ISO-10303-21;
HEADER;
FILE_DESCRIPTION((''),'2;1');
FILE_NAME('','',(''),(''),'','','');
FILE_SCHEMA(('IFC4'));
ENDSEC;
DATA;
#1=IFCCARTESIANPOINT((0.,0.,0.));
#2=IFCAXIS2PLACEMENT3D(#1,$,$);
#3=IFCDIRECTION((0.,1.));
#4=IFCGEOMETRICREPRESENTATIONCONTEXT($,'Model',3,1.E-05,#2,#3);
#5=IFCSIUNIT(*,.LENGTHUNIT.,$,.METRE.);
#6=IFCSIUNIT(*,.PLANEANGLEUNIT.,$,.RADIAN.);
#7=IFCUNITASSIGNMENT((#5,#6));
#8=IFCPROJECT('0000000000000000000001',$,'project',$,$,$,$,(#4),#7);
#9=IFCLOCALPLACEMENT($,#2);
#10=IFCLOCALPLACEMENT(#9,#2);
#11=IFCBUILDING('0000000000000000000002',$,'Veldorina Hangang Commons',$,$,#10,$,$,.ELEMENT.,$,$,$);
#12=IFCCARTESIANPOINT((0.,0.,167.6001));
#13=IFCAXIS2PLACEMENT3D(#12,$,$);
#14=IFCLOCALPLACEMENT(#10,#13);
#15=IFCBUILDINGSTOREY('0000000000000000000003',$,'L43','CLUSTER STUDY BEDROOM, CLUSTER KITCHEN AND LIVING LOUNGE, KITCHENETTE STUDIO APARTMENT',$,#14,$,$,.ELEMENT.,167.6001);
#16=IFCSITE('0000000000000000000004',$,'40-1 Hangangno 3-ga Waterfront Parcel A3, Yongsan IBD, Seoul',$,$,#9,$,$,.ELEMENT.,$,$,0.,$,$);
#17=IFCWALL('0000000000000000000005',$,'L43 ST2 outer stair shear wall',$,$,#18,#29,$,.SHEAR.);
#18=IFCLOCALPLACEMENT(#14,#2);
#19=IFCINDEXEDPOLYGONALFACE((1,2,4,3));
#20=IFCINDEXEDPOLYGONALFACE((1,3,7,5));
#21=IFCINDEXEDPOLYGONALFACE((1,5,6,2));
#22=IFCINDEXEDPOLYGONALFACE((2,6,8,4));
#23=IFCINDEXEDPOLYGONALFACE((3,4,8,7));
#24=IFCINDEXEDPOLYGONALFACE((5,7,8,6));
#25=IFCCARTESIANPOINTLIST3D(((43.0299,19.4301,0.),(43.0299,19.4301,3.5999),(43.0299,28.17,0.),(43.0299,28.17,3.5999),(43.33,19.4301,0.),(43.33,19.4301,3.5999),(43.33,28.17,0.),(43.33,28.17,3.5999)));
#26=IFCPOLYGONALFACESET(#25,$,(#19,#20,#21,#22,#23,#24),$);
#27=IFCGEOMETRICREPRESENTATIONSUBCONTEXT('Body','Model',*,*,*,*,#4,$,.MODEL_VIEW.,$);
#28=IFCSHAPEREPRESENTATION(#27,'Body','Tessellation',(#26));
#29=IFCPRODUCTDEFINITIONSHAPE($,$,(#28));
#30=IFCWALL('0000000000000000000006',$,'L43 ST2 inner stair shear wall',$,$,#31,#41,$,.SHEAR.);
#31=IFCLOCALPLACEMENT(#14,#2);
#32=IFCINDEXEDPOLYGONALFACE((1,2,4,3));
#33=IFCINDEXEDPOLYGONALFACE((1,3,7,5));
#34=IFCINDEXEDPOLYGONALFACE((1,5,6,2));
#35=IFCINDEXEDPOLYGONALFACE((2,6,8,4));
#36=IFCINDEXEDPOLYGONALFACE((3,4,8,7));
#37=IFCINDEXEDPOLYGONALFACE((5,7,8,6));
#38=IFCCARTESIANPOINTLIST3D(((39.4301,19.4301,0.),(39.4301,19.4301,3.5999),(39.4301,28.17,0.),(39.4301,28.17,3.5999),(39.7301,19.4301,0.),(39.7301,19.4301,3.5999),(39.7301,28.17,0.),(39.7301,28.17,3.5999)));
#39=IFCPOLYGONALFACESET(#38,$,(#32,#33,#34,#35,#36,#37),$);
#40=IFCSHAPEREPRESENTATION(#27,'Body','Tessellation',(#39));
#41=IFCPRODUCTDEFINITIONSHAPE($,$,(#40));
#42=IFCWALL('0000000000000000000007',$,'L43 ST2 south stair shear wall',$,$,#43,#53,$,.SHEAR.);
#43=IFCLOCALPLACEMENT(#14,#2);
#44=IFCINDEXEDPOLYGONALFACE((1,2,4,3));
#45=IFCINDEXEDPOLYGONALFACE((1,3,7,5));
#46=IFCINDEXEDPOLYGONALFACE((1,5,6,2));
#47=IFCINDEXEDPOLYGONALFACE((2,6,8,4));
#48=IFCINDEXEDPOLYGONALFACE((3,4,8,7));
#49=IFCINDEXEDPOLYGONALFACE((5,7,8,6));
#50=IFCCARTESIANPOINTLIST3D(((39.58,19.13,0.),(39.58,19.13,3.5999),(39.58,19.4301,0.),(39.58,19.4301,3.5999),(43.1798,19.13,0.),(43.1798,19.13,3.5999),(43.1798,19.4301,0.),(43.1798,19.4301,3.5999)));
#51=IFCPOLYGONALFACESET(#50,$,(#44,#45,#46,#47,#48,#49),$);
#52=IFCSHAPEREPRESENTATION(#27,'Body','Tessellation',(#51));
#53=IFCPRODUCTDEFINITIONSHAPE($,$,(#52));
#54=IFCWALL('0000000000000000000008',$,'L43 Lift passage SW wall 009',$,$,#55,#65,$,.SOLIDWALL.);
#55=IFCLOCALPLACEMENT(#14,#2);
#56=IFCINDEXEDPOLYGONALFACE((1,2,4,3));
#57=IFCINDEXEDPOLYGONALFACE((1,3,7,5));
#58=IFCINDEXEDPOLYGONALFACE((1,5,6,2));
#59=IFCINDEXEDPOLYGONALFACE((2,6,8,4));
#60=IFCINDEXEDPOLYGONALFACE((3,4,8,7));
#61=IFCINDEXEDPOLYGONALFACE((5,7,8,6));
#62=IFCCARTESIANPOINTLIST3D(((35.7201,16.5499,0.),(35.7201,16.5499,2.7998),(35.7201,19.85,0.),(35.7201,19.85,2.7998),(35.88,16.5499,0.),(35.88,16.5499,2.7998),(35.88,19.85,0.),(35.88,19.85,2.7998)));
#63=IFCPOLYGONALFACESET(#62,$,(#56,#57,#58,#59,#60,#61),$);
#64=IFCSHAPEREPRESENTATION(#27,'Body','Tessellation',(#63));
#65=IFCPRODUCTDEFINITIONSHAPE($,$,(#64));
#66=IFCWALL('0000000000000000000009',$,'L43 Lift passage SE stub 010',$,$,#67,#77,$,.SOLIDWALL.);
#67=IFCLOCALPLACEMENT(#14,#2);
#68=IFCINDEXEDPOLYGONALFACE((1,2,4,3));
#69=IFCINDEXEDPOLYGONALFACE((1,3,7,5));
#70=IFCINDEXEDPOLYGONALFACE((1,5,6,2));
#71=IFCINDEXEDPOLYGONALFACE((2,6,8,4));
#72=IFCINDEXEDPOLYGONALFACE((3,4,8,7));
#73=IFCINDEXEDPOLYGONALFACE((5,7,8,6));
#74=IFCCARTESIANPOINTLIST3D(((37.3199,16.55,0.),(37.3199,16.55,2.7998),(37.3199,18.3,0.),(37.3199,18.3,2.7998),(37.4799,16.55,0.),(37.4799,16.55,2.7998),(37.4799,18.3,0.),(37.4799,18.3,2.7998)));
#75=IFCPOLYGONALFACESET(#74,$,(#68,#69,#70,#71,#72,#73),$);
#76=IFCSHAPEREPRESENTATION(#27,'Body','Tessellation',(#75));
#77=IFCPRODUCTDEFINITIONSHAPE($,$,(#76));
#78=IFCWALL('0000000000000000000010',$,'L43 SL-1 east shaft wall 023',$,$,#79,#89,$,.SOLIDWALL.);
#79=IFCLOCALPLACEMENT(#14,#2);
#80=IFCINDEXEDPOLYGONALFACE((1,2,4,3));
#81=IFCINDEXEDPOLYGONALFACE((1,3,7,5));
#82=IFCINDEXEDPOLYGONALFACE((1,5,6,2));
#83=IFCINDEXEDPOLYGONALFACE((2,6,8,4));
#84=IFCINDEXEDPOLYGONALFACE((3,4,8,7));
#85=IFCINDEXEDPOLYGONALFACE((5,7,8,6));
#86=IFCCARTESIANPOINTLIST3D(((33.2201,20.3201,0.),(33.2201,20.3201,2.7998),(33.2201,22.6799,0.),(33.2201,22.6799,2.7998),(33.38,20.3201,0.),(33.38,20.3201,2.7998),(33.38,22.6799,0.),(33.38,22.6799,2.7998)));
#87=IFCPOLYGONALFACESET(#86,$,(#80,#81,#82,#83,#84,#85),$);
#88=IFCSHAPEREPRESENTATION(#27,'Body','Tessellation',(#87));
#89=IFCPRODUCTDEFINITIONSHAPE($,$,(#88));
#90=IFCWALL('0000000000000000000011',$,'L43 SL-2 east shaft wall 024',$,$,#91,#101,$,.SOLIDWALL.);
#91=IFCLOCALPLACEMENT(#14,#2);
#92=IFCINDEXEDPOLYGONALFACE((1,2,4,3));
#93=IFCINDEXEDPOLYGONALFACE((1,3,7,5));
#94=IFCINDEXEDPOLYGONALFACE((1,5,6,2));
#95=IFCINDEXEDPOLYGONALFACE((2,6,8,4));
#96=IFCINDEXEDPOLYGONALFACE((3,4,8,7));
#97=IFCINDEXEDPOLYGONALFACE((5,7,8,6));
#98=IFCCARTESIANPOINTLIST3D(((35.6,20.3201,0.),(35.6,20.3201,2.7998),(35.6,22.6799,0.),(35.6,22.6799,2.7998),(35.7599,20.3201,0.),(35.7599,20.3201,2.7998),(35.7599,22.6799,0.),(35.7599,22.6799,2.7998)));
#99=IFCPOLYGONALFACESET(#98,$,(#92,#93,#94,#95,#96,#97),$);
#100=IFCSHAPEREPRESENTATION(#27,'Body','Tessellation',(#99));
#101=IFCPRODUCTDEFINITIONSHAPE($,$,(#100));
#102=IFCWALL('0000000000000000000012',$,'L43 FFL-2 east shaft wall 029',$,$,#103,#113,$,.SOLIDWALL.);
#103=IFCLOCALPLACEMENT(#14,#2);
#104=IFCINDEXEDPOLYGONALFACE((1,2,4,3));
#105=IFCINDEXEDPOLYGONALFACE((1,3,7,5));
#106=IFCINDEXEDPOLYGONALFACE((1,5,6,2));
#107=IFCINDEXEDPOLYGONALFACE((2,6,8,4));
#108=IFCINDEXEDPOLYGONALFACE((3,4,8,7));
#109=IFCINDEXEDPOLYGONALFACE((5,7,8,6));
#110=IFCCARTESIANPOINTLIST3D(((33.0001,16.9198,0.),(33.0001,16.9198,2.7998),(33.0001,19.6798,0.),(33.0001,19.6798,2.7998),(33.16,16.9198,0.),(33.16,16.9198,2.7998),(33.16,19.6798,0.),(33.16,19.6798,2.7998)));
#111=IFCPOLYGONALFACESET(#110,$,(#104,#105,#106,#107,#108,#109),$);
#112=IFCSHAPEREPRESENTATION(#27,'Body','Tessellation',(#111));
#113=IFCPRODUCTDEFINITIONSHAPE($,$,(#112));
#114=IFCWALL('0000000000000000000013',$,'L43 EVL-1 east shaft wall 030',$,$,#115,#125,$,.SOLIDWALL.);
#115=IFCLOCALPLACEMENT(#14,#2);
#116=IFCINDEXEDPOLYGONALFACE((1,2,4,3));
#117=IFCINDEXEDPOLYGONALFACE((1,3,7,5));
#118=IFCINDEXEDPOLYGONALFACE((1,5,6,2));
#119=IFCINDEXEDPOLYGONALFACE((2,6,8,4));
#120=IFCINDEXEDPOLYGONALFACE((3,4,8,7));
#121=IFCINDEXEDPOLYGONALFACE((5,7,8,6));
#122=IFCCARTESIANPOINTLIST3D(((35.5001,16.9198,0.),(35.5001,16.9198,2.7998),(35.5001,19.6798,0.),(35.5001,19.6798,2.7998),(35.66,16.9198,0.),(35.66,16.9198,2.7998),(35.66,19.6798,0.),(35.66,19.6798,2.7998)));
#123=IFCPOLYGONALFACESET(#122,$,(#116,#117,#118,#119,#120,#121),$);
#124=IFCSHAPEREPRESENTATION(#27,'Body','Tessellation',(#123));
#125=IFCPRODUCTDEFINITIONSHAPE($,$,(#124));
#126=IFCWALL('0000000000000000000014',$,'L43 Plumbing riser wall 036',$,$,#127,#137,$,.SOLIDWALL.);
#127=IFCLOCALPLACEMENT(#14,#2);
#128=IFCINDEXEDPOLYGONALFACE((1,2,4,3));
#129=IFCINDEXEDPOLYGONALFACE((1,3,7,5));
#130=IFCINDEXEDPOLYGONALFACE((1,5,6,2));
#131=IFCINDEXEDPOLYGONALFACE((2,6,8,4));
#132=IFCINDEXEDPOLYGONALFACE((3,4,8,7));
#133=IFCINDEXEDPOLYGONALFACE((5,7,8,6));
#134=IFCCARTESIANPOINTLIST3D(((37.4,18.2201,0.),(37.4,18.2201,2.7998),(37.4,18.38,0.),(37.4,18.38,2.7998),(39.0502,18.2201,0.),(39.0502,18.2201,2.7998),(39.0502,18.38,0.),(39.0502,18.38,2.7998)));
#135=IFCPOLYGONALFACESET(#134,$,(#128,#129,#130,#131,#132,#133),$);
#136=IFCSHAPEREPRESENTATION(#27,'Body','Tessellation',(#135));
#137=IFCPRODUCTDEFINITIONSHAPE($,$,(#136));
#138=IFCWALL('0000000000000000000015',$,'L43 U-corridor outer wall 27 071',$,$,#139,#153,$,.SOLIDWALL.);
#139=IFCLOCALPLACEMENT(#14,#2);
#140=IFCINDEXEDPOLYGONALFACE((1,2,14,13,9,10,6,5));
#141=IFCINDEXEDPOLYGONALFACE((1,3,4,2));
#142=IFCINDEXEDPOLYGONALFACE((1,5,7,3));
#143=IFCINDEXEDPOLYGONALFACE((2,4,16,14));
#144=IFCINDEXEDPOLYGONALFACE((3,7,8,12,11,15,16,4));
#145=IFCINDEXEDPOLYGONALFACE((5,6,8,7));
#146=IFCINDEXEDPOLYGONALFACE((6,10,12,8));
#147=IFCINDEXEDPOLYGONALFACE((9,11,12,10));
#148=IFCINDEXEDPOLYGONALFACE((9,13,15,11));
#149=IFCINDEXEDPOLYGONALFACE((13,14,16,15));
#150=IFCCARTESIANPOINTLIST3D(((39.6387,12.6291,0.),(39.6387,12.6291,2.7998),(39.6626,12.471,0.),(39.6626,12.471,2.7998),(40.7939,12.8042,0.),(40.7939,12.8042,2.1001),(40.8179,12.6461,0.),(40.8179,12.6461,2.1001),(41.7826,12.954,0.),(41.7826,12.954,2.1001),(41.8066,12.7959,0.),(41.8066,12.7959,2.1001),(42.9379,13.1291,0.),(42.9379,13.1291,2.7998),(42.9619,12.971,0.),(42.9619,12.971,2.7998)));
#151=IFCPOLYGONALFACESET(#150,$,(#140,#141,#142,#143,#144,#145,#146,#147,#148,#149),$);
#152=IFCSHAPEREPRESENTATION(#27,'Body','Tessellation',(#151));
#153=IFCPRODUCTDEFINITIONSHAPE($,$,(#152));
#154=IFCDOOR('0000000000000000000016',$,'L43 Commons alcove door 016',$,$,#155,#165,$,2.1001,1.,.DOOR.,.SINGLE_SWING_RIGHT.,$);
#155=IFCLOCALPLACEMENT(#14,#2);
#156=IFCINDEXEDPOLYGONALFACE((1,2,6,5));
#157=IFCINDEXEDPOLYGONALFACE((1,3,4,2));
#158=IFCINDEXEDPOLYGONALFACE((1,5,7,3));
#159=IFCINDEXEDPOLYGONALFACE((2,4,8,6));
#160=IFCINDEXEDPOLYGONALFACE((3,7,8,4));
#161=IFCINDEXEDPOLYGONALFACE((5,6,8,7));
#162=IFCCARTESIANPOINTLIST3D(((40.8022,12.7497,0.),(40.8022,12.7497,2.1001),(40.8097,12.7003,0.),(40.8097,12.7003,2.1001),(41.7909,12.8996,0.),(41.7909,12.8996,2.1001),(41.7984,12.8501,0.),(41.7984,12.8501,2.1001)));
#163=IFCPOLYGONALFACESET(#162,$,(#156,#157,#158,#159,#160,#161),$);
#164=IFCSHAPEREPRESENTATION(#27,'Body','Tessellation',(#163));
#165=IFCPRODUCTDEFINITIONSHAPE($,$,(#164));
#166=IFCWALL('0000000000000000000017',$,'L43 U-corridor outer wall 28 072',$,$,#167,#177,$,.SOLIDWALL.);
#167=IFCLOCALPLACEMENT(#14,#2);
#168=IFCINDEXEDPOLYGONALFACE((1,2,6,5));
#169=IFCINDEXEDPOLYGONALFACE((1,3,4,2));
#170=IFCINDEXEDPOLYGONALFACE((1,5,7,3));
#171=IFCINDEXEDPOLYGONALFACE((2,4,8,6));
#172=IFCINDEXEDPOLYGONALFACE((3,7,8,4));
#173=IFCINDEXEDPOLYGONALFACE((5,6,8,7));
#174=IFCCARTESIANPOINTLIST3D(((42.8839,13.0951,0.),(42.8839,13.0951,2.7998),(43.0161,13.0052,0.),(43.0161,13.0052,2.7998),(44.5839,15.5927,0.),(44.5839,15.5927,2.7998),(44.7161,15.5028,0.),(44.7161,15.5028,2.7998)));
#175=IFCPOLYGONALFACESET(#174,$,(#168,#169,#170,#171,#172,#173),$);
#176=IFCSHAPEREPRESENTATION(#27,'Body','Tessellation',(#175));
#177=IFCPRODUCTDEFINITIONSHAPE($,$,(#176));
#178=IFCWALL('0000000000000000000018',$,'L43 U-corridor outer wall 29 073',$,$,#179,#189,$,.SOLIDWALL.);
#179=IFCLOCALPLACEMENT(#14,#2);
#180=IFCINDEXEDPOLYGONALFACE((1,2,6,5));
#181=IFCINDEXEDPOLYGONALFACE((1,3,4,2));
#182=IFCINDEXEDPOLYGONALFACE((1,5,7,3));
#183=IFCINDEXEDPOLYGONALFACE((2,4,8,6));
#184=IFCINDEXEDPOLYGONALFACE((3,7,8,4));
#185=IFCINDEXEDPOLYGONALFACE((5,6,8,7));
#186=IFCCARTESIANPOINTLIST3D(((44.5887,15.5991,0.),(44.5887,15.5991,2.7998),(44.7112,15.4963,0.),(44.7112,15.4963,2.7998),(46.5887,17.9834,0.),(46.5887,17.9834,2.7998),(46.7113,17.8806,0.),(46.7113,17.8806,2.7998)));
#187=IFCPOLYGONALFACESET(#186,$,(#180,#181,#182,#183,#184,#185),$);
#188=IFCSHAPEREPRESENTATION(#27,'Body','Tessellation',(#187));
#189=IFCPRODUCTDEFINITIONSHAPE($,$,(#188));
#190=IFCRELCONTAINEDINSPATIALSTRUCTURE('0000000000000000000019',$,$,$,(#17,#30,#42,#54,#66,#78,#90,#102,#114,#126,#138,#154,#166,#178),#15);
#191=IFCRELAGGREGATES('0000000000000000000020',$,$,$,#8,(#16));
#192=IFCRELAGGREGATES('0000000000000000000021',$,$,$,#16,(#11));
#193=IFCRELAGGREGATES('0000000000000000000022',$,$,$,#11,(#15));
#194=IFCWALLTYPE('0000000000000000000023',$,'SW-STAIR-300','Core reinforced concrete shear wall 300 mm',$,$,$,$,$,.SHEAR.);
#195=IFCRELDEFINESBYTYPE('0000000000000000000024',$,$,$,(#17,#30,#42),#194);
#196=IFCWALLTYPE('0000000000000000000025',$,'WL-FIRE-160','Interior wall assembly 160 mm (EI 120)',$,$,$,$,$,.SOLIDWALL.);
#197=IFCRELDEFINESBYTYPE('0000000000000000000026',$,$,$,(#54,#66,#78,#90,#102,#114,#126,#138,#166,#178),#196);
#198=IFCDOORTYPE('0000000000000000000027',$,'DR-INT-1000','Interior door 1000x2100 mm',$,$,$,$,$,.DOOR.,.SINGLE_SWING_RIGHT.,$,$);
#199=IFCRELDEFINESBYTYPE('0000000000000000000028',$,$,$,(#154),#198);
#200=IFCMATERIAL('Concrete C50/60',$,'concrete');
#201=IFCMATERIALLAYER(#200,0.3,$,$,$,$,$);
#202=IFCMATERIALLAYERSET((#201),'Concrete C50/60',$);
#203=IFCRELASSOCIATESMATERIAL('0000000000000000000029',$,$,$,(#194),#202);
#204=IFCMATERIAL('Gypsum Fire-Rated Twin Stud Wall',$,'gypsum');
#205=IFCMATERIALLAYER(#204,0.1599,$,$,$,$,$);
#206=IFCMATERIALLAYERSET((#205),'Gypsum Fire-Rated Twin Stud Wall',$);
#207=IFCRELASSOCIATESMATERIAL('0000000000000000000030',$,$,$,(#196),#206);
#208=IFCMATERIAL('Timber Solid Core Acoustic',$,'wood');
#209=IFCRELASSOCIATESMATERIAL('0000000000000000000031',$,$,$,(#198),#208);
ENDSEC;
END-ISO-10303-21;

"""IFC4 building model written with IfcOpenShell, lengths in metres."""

from ifc_helpers import new_model, si_unit, direction, frame, frame_2d, origin, place, context, subcontext, project, spatial, rectangle, extrude, material, layer, layer_set, type_object, element, fill, save


model = new_model("IFC4")

# Units and contexts
model_context = context("Model", 3, precision=1e-05, world=origin(), true_north=direction((0.0, 1.0)))
body_context = subcontext(model_context, "Body", "Model", "MODEL_VIEW")
ifc_project = project(units=[si_unit("LENGTHUNIT", "METRE"), si_unit("PLANEANGLEUNIT", "RADIAN")], contexts=[model_context])

# Site, building, storey
site_placement = place(None, origin())
site = spatial("IfcSite", under=ifc_project, at=site_placement, Name="40-1 Hangangno 3-ga Waterfront Parcel A3, Yongsan IBD, Seoul", CompositionType="ELEMENT", RefElevation=0.0)
building_placement = place(site_placement, origin())
building = spatial("IfcBuilding", under=site, at=building_placement, Name="Veldorina Hangang Commons", CompositionType="ELEMENT")
storey_placement = place(building_placement, frame((0.0, 0.0, 167.6001)))
storey = spatial("IfcBuildingStorey", under=building, at=storey_placement, Name="L43", Description="CLUSTER STUDY BEDROOM, CLUSTER KITCHEN AND LIVING LOUNGE, KITCHENETTE STUDIO APARTMENT", CompositionType="ELEMENT", Elevation=167.6001)

# Walls
ifc_material_1 = material(Name="Concrete C50/60", Category="concrete")
ifc_layer_1 = layer(ifc_material_1, 0.3)
ifc_layer_set_1 = layer_set([ifc_layer_1], Name="Concrete C50/60")
wall_type_1 = type_object("IfcWallType", Name="SW-STAIR-300", Description="Core reinforced concrete shear wall 300 mm", PredefinedType="SHEAR", material=ifc_layer_set_1)
for number, where, z_axis, x_axis, name in (
    (1, (43.1799, 19.4299, 0.0), (0.0, 0.0, 1.0), (0.0, 1.0, 0.0), "L43 ST2 outer stair shear wall"),
    (2, (39.5801, 19.4299, 0.0), (0.0, 0.0, 1.0), (0.0, 1.0, 0.0), "L43 ST2 inner stair shear wall"),
):
    element("IfcWall", number, at=place(storey_placement, frame(where, z_axis=z_axis, x_axis=x_axis)), inside=storey, type_object=wall_type_1, Name=name, PredefinedType="SHEAR", context=body_context, shape_type="SweptSolid", body=[
        extrude(rectangle(XDim=8.74, YDim=0.3, at=frame_2d((4.3701, 0.0))), origin(), (0.0, 0.0, 1.0), 3.5999),
    ])
wall_1_placement = place(storey_placement, frame((39.5801, 19.28, 0.0), z_axis=(0.0, 0.0, 1.0), x_axis=(1.0, 0.0, 0.0)))
element("IfcWall", 3, at=wall_1_placement, inside=storey, type_object=wall_type_1, Name="L43 ST2 south stair shear wall", PredefinedType="SHEAR", context=body_context, shape_type="SweptSolid", body=[
    extrude(rectangle(XDim=3.5999, YDim=0.3, at=frame_2d((1.7998, 0.0))), origin(), (0.0, 0.0, 1.0), 3.5999),
])
ifc_material_2 = material(Name="Gypsum Fire-Rated Twin Stud Wall", Category="gypsum")
ifc_layer_2 = layer(ifc_material_2, 0.1599)
ifc_layer_set_2 = layer_set([ifc_layer_2], Name="Gypsum Fire-Rated Twin Stud Wall")
wall_type_2 = type_object("IfcWallType", Name="WL-FIRE-160", Description="Interior wall assembly 160 mm (EI 120)", PredefinedType="SOLIDWALL", material=ifc_layer_set_2)
wall_2_placement = place(storey_placement, frame((35.8, 16.55, 0.0), z_axis=(0.0, 0.0, 1.0), x_axis=(0.0, 1.0, 0.0)))
element("IfcWall", 4, at=wall_2_placement, inside=storey, type_object=wall_type_2, Name="L43 Lift passage SW wall 009", PredefinedType="SOLIDWALL", context=body_context, shape_type="SweptSolid", body=[
    extrude(rectangle(XDim=3.3, YDim=0.1599, at=frame_2d((1.6499, 0.0))), origin(), (0.0, 0.0, 1.0), 2.7998),
])
wall_3_placement = place(storey_placement, frame((37.3999, 16.55, 0.0), z_axis=(0.0, 0.0, 1.0), x_axis=(0.0, 1.0, 0.0)))
element("IfcWall", 5, at=wall_3_placement, inside=storey, type_object=wall_type_2, Name="L43 Lift passage SE stub 010", PredefinedType="SOLIDWALL", context=body_context, shape_type="SweptSolid", body=[
    extrude(rectangle(XDim=1.75, YDim=0.1599, at=frame_2d((0.875, 0.0))), origin(), (0.0, 0.0, 1.0), 2.7998),
])
for number, where, z_axis, x_axis, name in (
    (6, (33.3, 20.3201, 0.0), (0.0, 0.0, 1.0), (0.0, 1.0, 0.0), "L43 SL-1 east shaft wall 023"),
    (7, (35.6799, 20.3201, 0.0), (0.0, 0.0, 1.0), (0.0, 1.0, 0.0), "L43 SL-2 east shaft wall 024"),
):
    element("IfcWall", number, at=place(storey_placement, frame(where, z_axis=z_axis, x_axis=x_axis)), inside=storey, type_object=wall_type_2, Name=name, PredefinedType="SOLIDWALL", context=body_context, shape_type="SweptSolid", body=[
        extrude(rectangle(XDim=2.3599, YDim=0.1599, at=frame_2d((1.1799, 0.0))), origin(), (0.0, 0.0, 1.0), 2.7998),
    ])
for number, where, z_axis, x_axis, name in (
    (8, (33.0801, 16.9199, 0.0), (0.0, 0.0, 1.0), (0.0, 1.0, 0.0), "L43 FFL-2 east shaft wall 029"),
    (9, (35.5801, 16.9199, 0.0), (0.0, 0.0, 1.0), (0.0, 1.0, 0.0), "L43 EVL-1 east shaft wall 030"),
):
    element("IfcWall", number, at=place(storey_placement, frame(where, z_axis=z_axis, x_axis=x_axis)), inside=storey, type_object=wall_type_2, Name=name, PredefinedType="SOLIDWALL", context=body_context, shape_type="SweptSolid", body=[
        extrude(rectangle(XDim=2.76, YDim=0.1599, at=frame_2d((1.3799, 0.0))), origin(), (0.0, 0.0, 1.0), 2.7998),
    ])
wall_4_placement = place(storey_placement, frame((37.3999, 18.3, 0.0), z_axis=(0.0, 0.0, 1.0), x_axis=(1.0, 0.0, 0.0)))
element("IfcWall", 10, at=wall_4_placement, inside=storey, type_object=wall_type_2, Name="L43 Plumbing riser wall 036", PredefinedType="SOLIDWALL", context=body_context, shape_type="SweptSolid", body=[
    extrude(rectangle(XDim=1.6501, YDim=0.1599, at=frame_2d((0.8252, 0.0))), origin(), (0.0, 0.0, 1.0), 2.7998),
])

# Wall, opening, door
wall_5_placement = place(storey_placement, frame((39.6506, 12.55, 0.0), z_axis=(0.0, 0.0, 1.0), x_axis=(0.988711, 0.149836, 0.0)))
wall_5 = element("IfcWall", 11, at=wall_5_placement, inside=storey, type_object=wall_type_2, Name="L43 U-corridor outer wall 27 071", PredefinedType="SOLIDWALL", context=body_context, shape_type="SweptSolid", body=[
    extrude(rectangle(XDim=3.3369, YDim=0.1599, at=frame_2d((1.6685, 0.0))), origin(), (0.0, 0.0, 1.0), 2.7998),
])
opening_1_placement = place(wall_5_placement, frame((1.1685, 0.0, 0.0)))
opening_1 = element("IfcOpeningElement", 12, at=opening_1_placement, cuts=wall_5, PredefinedType="OPENING", context=body_context, shape_type="SweptSolid", body=[
    extrude(rectangle(XDim=1.0, YDim=2.1001, at=frame_2d((0.5, 1.05))), frame((0.0, 0.0898, 0.0), z_axis=(0.0, -1.0, 0.0), x_axis=(1.0, 0.0, 0.0)), (0.0, 0.0, 1.0), 0.1799),
])
ifc_material_3 = material(Name="Timber Solid Core Acoustic", Category="wood")
door_type_1 = type_object("IfcDoorType", Name="DR-INT-1000", Description="Interior door 1000x2100 mm", OperationType="SINGLE_SWING_RIGHT", PredefinedType="DOOR", material=ifc_material_3)
door_1_placement = place(opening_1_placement, origin())
door_1 = element("IfcDoor", 13, at=door_1_placement, inside=storey, type_object=door_type_1, Name="L43 Commons alcove door 016", OperationType="SINGLE_SWING_RIGHT", OverallHeight=2.1001, OverallWidth=1.0, PredefinedType="DOOR", context=body_context, shape_type="SweptSolid", body=[
    extrude(rectangle(XDim=1.0, YDim=2.1001, at=frame_2d((0.5, 1.05))), frame((0.0, 0.0249, 0.0), z_axis=(0.0, -1.0, 0.0), x_axis=(1.0, 0.0, 0.0)), (0.0, 0.0, 1.0), 0.05),
])
fill(opening_1, door_1)

# Walls
wall_6_placement = place(storey_placement, frame((42.95, 13.05, 0.0), z_axis=(0.0, 0.0, 1.0), x_axis=(0.562675, 0.826678, 0.0)))
element("IfcWall", 14, at=wall_6_placement, inside=storey, type_object=wall_type_2, Name="L43 U-corridor outer wall 28 072", PredefinedType="SOLIDWALL", context=body_context, shape_type="SweptSolid", body=[
    extrude(rectangle(XDim=3.0212, YDim=0.1599, at=frame_2d((1.5107, 0.0))), origin(), (0.0, 0.0, 1.0), 2.7998),
])
wall_7_placement = place(storey_placement, frame((44.6499, 15.5476, 0.0), z_axis=(0.0, 0.0, 1.0), x_axis=(0.642666, 0.766147, 0.0)))
element("IfcWall", 15, at=wall_7_placement, inside=storey, type_object=wall_type_2, Name="L43 U-corridor outer wall 29 073", PredefinedType="SOLIDWALL", context=body_context, shape_type="SweptSolid", body=[
    extrude(rectangle(XDim=3.1121, YDim=0.1599, at=frame_2d((1.5562, 0.0))), origin(), (0.0, 0.0, 1.0), 2.7998),
])

save(model, "model.ifc")
